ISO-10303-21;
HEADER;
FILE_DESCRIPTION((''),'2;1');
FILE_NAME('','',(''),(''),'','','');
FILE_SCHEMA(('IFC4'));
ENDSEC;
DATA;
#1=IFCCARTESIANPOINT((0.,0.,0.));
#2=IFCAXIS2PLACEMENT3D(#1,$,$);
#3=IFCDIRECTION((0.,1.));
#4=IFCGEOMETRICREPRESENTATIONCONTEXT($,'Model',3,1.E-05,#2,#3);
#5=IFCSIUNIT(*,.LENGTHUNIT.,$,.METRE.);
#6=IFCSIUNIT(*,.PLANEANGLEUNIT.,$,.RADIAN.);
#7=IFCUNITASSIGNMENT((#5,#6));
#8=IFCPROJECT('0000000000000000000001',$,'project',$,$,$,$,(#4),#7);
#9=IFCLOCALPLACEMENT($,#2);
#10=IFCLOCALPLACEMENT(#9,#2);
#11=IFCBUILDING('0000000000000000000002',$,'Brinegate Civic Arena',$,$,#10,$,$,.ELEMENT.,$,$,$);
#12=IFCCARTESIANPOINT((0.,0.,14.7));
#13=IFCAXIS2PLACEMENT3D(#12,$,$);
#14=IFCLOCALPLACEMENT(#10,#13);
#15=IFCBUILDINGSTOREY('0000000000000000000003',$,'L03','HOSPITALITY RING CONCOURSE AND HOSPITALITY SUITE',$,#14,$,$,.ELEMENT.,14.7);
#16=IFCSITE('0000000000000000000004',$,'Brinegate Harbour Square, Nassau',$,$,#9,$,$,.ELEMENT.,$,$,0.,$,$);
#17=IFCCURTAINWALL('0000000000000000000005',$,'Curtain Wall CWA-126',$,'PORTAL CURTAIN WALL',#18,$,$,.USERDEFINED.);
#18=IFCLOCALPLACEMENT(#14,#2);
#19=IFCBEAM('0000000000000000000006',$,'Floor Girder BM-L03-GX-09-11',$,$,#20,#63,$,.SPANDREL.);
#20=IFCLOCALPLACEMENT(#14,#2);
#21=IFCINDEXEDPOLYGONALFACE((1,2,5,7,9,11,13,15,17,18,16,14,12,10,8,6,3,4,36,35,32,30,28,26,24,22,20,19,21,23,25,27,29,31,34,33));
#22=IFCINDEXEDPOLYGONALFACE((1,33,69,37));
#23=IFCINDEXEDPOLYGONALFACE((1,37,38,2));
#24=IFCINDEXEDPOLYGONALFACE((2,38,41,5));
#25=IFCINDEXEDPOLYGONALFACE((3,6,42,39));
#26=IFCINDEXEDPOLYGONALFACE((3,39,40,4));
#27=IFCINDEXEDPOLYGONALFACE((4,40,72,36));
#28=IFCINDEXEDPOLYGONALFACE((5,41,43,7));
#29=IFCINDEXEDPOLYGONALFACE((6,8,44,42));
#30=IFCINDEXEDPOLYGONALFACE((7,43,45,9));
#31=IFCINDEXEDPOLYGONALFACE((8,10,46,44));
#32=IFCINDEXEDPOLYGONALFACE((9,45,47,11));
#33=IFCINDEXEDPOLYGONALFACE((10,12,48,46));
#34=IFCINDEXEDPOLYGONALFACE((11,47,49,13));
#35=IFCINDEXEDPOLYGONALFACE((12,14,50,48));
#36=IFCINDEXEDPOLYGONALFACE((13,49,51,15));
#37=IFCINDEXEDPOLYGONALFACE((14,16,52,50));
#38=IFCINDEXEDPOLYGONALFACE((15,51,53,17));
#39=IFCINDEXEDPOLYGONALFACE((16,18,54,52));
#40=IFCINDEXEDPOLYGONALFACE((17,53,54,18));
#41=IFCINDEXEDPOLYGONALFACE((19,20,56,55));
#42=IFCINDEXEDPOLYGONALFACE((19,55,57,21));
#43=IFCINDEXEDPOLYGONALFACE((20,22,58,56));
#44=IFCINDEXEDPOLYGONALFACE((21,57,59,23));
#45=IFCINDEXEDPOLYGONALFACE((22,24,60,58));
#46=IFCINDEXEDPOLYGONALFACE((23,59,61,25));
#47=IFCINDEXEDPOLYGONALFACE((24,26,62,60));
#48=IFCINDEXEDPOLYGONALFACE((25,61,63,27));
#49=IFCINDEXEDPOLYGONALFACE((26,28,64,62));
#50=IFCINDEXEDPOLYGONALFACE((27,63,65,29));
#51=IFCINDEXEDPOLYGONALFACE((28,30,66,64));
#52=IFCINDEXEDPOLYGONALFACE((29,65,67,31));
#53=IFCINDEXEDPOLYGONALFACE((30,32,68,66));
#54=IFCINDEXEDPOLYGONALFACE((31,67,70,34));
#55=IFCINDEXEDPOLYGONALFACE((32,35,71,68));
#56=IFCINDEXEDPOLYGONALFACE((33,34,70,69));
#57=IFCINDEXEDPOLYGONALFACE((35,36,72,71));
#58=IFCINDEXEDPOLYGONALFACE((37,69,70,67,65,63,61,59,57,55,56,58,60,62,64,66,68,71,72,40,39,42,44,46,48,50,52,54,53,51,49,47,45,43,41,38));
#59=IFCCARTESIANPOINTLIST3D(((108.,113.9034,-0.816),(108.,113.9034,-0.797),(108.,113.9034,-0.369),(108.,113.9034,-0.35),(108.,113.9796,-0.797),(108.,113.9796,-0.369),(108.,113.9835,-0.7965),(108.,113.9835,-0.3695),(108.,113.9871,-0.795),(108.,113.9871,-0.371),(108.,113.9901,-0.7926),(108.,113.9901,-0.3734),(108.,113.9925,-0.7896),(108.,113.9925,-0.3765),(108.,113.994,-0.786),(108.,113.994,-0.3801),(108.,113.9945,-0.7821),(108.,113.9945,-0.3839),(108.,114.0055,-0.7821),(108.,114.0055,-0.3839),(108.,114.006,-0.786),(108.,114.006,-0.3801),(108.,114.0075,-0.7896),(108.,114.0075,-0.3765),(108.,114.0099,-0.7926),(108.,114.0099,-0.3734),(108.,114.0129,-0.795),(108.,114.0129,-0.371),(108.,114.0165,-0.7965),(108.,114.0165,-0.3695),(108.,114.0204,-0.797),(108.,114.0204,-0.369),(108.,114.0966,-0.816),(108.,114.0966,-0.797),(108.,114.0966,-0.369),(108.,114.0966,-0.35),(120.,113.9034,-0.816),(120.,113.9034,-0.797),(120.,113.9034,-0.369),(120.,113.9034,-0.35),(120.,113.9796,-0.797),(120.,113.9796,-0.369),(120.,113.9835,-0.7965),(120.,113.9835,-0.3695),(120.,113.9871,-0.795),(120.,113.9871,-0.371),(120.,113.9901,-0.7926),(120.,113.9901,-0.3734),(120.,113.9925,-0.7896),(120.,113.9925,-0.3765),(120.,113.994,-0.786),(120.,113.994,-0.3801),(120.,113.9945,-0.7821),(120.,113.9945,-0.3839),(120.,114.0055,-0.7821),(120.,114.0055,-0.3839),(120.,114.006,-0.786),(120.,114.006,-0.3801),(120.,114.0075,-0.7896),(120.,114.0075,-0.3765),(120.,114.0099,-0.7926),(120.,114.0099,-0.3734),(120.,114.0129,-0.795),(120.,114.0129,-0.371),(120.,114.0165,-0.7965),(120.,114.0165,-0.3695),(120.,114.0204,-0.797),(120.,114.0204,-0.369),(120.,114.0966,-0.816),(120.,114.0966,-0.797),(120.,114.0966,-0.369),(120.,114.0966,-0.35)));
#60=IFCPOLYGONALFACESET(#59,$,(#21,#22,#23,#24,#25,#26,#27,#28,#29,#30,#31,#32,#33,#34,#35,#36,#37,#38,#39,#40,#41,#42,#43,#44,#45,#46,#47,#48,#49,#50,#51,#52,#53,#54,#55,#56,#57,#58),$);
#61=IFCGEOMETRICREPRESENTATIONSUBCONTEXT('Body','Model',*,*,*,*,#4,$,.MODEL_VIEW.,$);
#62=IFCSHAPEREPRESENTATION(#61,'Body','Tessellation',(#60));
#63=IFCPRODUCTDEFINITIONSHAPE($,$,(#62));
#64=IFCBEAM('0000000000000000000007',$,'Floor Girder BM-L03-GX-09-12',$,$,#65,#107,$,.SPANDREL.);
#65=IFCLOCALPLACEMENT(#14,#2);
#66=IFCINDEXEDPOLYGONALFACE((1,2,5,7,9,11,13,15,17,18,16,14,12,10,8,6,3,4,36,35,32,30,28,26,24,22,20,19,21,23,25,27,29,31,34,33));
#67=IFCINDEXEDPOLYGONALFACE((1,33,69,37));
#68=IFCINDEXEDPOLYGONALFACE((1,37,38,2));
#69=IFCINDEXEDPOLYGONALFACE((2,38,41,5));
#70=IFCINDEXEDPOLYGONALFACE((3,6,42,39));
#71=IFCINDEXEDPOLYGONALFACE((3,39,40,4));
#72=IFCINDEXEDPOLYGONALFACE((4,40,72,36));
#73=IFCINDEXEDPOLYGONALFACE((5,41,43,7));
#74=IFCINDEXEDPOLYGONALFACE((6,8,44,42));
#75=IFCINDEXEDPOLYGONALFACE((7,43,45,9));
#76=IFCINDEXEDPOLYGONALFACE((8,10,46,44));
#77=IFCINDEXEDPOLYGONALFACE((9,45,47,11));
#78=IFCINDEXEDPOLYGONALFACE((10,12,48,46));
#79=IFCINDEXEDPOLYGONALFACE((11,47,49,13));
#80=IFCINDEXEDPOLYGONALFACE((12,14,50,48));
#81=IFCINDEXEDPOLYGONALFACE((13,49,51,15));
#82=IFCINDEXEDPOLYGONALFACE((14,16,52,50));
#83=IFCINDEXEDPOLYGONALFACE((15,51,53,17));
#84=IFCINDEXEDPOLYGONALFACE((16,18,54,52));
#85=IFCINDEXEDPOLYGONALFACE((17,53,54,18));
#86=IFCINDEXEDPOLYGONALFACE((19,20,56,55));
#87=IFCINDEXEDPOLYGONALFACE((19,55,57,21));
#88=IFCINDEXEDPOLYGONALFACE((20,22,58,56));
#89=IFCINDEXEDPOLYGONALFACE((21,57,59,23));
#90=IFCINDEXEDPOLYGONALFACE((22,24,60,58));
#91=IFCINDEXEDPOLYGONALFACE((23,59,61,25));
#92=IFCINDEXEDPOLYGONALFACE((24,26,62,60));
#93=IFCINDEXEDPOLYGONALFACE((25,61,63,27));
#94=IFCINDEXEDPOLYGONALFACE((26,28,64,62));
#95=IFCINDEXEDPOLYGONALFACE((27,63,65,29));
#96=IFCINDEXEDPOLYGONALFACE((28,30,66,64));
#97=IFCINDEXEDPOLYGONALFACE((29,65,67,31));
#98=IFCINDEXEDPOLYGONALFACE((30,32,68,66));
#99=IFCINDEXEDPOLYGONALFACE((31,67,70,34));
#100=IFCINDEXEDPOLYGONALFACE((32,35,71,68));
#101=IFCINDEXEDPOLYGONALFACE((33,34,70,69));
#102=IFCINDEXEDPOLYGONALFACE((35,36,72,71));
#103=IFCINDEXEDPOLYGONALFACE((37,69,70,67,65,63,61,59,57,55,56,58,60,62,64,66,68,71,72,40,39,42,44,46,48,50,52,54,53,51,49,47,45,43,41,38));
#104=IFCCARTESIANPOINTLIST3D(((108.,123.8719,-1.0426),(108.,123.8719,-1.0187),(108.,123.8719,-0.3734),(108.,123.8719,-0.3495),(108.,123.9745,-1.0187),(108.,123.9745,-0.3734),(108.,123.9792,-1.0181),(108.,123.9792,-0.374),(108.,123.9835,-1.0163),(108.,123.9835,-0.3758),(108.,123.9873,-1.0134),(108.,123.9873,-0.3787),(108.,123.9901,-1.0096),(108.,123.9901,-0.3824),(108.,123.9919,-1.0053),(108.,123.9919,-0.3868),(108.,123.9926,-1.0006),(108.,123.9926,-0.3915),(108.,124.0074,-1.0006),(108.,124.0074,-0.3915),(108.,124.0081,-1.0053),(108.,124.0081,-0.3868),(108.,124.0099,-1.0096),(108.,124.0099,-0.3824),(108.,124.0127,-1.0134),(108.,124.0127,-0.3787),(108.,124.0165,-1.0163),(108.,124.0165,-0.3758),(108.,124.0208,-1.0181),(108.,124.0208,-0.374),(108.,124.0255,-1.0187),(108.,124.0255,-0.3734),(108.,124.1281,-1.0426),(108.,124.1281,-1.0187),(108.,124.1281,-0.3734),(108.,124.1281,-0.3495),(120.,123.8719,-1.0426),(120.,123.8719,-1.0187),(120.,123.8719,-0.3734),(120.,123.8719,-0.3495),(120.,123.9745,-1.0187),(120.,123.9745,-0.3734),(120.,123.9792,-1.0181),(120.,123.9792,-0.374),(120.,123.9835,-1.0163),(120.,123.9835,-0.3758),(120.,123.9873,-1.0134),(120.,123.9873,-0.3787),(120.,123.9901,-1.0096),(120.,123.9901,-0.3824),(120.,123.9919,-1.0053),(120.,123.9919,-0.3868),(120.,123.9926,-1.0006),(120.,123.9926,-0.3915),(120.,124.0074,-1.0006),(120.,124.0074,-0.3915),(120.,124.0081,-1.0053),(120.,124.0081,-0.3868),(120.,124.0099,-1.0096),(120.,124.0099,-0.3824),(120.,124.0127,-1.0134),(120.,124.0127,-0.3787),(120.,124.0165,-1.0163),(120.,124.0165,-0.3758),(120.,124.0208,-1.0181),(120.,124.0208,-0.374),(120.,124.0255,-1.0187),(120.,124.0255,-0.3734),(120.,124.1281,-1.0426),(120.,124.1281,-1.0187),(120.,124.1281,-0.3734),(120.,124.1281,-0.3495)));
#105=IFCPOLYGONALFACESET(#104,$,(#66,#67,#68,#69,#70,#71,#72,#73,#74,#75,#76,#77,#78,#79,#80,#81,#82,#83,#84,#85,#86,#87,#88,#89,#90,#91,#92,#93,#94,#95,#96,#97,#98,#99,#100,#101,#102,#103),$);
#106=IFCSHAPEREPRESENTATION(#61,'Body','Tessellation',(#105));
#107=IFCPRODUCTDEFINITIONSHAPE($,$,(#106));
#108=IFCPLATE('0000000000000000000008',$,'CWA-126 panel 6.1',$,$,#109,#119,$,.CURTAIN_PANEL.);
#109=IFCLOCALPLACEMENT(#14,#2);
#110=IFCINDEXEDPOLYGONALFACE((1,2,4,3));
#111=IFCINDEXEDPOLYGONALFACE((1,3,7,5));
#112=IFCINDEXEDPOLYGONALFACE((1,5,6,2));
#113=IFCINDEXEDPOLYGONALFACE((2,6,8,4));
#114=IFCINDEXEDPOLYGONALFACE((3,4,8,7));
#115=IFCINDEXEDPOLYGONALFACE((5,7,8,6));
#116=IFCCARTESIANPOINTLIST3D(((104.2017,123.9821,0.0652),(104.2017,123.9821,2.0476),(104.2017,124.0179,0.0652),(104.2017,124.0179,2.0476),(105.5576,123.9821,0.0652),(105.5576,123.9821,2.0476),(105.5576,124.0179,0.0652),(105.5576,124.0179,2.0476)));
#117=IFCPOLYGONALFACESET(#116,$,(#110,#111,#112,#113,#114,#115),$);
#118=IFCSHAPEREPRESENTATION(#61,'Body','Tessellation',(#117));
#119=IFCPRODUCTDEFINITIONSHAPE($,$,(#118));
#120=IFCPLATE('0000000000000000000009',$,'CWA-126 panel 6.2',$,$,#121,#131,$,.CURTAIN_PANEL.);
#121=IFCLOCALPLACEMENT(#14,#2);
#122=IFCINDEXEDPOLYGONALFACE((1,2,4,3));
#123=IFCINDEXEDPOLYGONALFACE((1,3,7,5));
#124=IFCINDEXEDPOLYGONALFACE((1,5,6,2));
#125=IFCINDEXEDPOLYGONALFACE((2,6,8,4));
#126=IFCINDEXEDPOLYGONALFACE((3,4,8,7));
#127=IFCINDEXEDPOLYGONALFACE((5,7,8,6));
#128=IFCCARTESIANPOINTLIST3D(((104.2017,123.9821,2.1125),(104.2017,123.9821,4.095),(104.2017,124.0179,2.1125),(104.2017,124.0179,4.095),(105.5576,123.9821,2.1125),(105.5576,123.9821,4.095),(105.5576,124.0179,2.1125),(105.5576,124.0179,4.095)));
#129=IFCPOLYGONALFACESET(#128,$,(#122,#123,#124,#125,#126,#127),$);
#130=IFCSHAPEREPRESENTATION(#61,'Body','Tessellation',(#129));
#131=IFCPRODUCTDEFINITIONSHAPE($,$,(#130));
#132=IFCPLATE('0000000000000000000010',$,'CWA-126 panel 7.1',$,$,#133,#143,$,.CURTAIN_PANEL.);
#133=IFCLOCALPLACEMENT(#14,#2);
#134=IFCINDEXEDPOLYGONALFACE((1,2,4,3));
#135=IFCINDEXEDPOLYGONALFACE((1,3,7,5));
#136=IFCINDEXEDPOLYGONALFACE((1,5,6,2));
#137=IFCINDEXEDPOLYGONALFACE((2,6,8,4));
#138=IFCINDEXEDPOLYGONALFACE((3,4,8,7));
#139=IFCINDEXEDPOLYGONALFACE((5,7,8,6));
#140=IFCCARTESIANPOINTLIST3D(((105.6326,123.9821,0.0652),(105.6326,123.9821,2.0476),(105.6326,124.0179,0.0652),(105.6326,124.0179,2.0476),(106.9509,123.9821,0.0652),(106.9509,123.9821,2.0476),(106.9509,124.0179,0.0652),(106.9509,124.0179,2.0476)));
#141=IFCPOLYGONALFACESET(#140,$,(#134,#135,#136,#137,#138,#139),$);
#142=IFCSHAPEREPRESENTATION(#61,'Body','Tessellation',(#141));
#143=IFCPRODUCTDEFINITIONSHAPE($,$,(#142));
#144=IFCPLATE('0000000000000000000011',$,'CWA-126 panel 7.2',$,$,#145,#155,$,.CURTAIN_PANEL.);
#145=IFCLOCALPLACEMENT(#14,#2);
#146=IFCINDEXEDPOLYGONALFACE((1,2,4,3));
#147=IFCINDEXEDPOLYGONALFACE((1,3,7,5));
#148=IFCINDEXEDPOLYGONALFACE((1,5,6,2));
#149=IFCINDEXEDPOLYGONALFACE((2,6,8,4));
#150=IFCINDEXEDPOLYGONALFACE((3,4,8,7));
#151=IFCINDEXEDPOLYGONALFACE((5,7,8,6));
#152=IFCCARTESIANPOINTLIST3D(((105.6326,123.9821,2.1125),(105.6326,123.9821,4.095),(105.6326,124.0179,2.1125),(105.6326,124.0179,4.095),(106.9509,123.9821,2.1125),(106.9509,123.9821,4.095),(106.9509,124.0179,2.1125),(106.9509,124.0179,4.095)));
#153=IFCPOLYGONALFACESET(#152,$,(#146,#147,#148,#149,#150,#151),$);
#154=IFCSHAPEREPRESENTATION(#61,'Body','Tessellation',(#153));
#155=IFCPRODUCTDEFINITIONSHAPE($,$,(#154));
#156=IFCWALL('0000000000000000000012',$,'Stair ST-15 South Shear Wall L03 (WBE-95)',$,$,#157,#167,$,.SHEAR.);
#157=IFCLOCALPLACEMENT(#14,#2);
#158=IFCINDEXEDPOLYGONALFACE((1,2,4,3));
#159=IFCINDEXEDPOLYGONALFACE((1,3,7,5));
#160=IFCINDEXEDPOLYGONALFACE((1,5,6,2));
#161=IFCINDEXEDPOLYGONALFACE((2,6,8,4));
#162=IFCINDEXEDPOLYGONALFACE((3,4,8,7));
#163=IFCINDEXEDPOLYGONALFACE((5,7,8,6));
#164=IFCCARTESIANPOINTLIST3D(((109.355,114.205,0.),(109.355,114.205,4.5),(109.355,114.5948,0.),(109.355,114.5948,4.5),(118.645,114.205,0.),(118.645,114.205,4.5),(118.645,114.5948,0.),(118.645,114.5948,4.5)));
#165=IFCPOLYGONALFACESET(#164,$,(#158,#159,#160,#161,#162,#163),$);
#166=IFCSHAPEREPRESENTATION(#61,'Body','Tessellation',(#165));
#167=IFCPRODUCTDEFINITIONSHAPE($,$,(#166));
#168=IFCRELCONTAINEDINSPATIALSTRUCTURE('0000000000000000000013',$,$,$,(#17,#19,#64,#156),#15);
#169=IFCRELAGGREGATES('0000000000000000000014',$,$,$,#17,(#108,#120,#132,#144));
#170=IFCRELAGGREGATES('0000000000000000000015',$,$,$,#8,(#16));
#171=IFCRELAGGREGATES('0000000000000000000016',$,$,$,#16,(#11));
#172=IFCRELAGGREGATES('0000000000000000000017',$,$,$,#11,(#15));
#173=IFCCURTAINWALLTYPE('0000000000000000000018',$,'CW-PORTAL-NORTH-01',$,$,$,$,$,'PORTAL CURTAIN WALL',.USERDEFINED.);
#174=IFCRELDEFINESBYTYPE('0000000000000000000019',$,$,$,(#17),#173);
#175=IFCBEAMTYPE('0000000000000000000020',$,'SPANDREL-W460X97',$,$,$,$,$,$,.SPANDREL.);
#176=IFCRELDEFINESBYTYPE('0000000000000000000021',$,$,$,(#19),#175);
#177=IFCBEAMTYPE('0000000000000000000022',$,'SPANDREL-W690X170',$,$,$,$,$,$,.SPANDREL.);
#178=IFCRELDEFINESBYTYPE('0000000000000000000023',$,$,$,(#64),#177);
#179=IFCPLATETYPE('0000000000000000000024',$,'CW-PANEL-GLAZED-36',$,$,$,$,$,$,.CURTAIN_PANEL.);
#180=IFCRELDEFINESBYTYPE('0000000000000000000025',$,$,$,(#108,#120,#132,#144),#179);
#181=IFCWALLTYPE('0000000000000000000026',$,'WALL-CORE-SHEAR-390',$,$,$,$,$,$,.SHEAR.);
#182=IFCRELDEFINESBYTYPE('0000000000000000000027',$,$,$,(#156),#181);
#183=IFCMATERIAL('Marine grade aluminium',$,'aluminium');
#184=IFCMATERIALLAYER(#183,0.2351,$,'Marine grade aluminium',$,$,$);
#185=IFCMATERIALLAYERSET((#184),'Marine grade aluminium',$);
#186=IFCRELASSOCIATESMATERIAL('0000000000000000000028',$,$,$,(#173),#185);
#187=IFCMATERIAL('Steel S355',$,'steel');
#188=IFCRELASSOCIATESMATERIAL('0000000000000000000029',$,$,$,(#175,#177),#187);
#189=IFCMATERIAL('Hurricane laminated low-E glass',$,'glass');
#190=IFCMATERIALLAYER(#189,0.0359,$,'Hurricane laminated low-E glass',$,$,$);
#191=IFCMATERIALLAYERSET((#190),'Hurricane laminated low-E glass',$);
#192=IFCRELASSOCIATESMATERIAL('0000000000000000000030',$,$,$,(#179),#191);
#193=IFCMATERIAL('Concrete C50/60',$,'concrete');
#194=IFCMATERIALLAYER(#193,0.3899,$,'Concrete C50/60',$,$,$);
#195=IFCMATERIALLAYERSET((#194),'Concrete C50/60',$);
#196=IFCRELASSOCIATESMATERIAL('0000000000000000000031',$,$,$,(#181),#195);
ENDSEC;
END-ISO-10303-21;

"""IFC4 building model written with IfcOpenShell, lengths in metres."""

from ifc_helpers import new_model, si_unit, direction, frame, frame_2d, origin, origin_2d, place, context, subcontext, project, spatial, rectangle, i_section, extrude, material, layer, layer_set, material_profile, profile_set, type_object, element, aggregate, save


model = new_model("IFC4")

# Units and contexts
model_context = context("Model", 3, precision=1e-05, world=origin(), true_north=direction((0.0, 1.0)))
body_context = subcontext(model_context, "Body", "Model", "MODEL_VIEW")
ifc_project = project(units=[si_unit("LENGTHUNIT", "METRE"), si_unit("PLANEANGLEUNIT", "RADIAN")], contexts=[model_context])

# Site, building, storey
site_placement = place(None, origin())
site = spatial("IfcSite", under=ifc_project, at=site_placement, Name="Brinegate Harbour Square, Nassau", CompositionType="ELEMENT", RefElevation=0.0)
building_placement = place(site_placement, origin())
building = spatial("IfcBuilding", under=site, at=building_placement, Name="Brinegate Civic Arena", CompositionType="ELEMENT")
storey_placement = place(building_placement, frame((0.0, 0.0, 14.7)))
storey = spatial("IfcBuildingStorey", under=building, at=storey_placement, Name="L03", Description="HOSPITALITY RING CONCOURSE AND HOSPITALITY SUITE", CompositionType="ELEMENT", Elevation=14.7)

# Shared definitions
ifc_material_1 = material(Name="Concrete C50/60", Category="concrete")

# Curtain wall
ifc_material_2 = material(Name="Marine grade aluminium", Category="aluminium")
ifc_layer_1 = layer(ifc_material_2, 0.2351, Name="Marine grade aluminium")
ifc_layer_set_1 = layer_set([ifc_layer_1], Name="Marine grade aluminium")
curtain_wall_type = type_object("IfcCurtainWallType", Name="CW-PORTAL-NORTH-01", ElementType="PORTAL CURTAIN WALL", PredefinedType="USERDEFINED", material=ifc_layer_set_1)
curtain_wall_placement = place(storey_placement, origin())
curtain_wall = element("IfcCurtainWall", 1, at=curtain_wall_placement, inside=storey, type_object=curtain_wall_type, Name="Curtain Wall CWA-126", ObjectType="PORTAL CURTAIN WALL", PredefinedType="USERDEFINED")

# Beams
ifc_material_3 = material(Name="Steel S355", Category="steel")
ifc_material_profile_1 = material_profile(ifc_material_3, i_section(OverallWidth=0.1931, OverallDepth=0.4661, WebThickness=0.011, FlangeThickness=0.019, FilletRadius=0.0149, at=origin_2d()), Name="W460X97")
ifc_profile_set_1 = profile_set([ifc_material_profile_1], Name="Steel S355")
beam_type_1 = type_object("IfcBeamType", Name="SPANDREL-W460X97", PredefinedType="SPANDREL", material=ifc_profile_set_1)
beam_1_placement = place(storey_placement, frame((108.0, 114.0, -0.583), z_axis=(1.0, 0.0, 0.0), x_axis=(0.0, 1.0, 0.0)))
element("IfcBeam", 2, at=beam_1_placement, inside=storey, type_object=beam_type_1, Name="Floor Girder BM-L03-GX-09-11", PredefinedType="SPANDREL", context=body_context, shape_type="SweptSolid", body=[
    extrude(i_section(OverallWidth=0.1931, OverallDepth=0.4661, WebThickness=0.011, FlangeThickness=0.019, FilletRadius=0.0149, at=origin_2d()), origin(), (0.0, 0.0, 1.0), 12.0),
])
ifc_material_profile_2 = material_profile(ifc_material_3, i_section(OverallWidth=0.2561, OverallDepth=0.6931, WebThickness=0.0149, FlangeThickness=0.0239, FilletRadius=0.0181, at=origin_2d()), Name="W690X170")
ifc_profile_set_2 = profile_set([ifc_material_profile_2], Name="Steel S355")
beam_type_2 = type_object("IfcBeamType", Name="SPANDREL-W690X170", PredefinedType="SPANDREL", material=ifc_profile_set_2)
beam_2_placement = place(storey_placement, frame((108.0, 124.0, -0.696), z_axis=(1.0, 0.0, 0.0), x_axis=(0.0, 1.0, 0.0)))
element("IfcBeam", 3, at=beam_2_placement, inside=storey, type_object=beam_type_2, Name="Floor Girder BM-L03-GX-09-12", PredefinedType="SPANDREL", context=body_context, shape_type="SweptSolid", body=[
    extrude(i_section(OverallWidth=0.2561, OverallDepth=0.6931, WebThickness=0.0149, FlangeThickness=0.0239, FilletRadius=0.0181, at=origin_2d()), origin(), (0.0, 0.0, 1.0), 12.0),
])

# Plates
ifc_material_4 = material(Name="Hurricane laminated low-E glass", Category="glass")
ifc_layer_2 = layer(ifc_material_4, 0.0359, Name="Hurricane laminated low-E glass")
ifc_layer_set_2 = layer_set([ifc_layer_2], Name="Hurricane laminated low-E glass")
plate_type = type_object("IfcPlateType", Name="CW-PANEL-GLAZED-36", PredefinedType="CURTAIN_PANEL", material=ifc_layer_set_2)
plate_1_placement = place(storey_placement, frame((104.8796, 124.0, 0.0652), z_axis=(0.0, 0.0, 1.0), x_axis=(1.0, 0.0, 0.0)))
plate_1 = element("IfcPlate", 4, at=plate_1_placement, type_object=plate_type, Name="CWA-126 panel 6.1", PredefinedType="CURTAIN_PANEL", context=body_context, shape_type="SweptSolid", body=[
    extrude(rectangle(XDim=1.356, YDim=0.0359, at=origin_2d()), origin(), (0.0, 0.0, 1.0), 1.9824),
])
plate_2_placement = place(storey_placement, frame((104.8796, 124.0, 2.1125), z_axis=(0.0, 0.0, 1.0), x_axis=(1.0, 0.0, 0.0)))
plate_2 = element("IfcPlate", 5, at=plate_2_placement, type_object=plate_type, Name="CWA-126 panel 6.2", PredefinedType="CURTAIN_PANEL", context=body_context, shape_type="SweptSolid", body=[
    extrude(rectangle(XDim=1.356, YDim=0.0359, at=origin_2d()), origin(), (0.0, 0.0, 1.0), 1.9824),
])
plate_3_placement = place(storey_placement, frame((106.2917, 124.0, 0.0652), z_axis=(0.0, 0.0, 1.0), x_axis=(1.0, 0.0, 0.0)))
plate_3 = element("IfcPlate", 6, at=plate_3_placement, type_object=plate_type, Name="CWA-126 panel 7.1", PredefinedType="CURTAIN_PANEL", context=body_context, shape_type="SweptSolid", body=[
    extrude(rectangle(XDim=1.3184, YDim=0.0359, at=origin_2d()), origin(), (0.0, 0.0, 1.0), 1.9824),
])
plate_4_placement = place(storey_placement, frame((106.2917, 124.0, 2.1125), z_axis=(0.0, 0.0, 1.0), x_axis=(1.0, 0.0, 0.0)))
plate_4 = element("IfcPlate", 7, at=plate_4_placement, type_object=plate_type, Name="CWA-126 panel 7.2", PredefinedType="CURTAIN_PANEL", context=body_context, shape_type="SweptSolid", body=[
    extrude(rectangle(XDim=1.3184, YDim=0.0359, at=origin_2d()), origin(), (0.0, 0.0, 1.0), 1.9824),
])
aggregate(curtain_wall, [plate_1, plate_2, plate_3, plate_4])

# Wall
ifc_layer_3 = layer(ifc_material_1, 0.3899, Name="Concrete C50/60")
ifc_layer_set_3 = layer_set([ifc_layer_3], Name="Concrete C50/60")
wall_type_1 = type_object("IfcWallType", Name="WALL-CORE-SHEAR-390", PredefinedType="SHEAR", material=ifc_layer_set_3)
wall_1_placement = place(storey_placement, frame((109.355, 114.3999, 0.0), z_axis=(0.0, 0.0, 1.0), x_axis=(1.0, 0.0, 0.0)))
element("IfcWall", 8, at=wall_1_placement, inside=storey, type_object=wall_type_1, Name="Stair ST-15 South Shear Wall L03 (WBE-95)", PredefinedType="SHEAR", context=body_context, shape_type="SweptSolid", body=[
    extrude(rectangle(XDim=9.29, YDim=0.3899, at=frame_2d((4.645, 0.0))), origin(), (0.0, 0.0, 1.0), 4.5),
])

save(model, "model.ifc")
